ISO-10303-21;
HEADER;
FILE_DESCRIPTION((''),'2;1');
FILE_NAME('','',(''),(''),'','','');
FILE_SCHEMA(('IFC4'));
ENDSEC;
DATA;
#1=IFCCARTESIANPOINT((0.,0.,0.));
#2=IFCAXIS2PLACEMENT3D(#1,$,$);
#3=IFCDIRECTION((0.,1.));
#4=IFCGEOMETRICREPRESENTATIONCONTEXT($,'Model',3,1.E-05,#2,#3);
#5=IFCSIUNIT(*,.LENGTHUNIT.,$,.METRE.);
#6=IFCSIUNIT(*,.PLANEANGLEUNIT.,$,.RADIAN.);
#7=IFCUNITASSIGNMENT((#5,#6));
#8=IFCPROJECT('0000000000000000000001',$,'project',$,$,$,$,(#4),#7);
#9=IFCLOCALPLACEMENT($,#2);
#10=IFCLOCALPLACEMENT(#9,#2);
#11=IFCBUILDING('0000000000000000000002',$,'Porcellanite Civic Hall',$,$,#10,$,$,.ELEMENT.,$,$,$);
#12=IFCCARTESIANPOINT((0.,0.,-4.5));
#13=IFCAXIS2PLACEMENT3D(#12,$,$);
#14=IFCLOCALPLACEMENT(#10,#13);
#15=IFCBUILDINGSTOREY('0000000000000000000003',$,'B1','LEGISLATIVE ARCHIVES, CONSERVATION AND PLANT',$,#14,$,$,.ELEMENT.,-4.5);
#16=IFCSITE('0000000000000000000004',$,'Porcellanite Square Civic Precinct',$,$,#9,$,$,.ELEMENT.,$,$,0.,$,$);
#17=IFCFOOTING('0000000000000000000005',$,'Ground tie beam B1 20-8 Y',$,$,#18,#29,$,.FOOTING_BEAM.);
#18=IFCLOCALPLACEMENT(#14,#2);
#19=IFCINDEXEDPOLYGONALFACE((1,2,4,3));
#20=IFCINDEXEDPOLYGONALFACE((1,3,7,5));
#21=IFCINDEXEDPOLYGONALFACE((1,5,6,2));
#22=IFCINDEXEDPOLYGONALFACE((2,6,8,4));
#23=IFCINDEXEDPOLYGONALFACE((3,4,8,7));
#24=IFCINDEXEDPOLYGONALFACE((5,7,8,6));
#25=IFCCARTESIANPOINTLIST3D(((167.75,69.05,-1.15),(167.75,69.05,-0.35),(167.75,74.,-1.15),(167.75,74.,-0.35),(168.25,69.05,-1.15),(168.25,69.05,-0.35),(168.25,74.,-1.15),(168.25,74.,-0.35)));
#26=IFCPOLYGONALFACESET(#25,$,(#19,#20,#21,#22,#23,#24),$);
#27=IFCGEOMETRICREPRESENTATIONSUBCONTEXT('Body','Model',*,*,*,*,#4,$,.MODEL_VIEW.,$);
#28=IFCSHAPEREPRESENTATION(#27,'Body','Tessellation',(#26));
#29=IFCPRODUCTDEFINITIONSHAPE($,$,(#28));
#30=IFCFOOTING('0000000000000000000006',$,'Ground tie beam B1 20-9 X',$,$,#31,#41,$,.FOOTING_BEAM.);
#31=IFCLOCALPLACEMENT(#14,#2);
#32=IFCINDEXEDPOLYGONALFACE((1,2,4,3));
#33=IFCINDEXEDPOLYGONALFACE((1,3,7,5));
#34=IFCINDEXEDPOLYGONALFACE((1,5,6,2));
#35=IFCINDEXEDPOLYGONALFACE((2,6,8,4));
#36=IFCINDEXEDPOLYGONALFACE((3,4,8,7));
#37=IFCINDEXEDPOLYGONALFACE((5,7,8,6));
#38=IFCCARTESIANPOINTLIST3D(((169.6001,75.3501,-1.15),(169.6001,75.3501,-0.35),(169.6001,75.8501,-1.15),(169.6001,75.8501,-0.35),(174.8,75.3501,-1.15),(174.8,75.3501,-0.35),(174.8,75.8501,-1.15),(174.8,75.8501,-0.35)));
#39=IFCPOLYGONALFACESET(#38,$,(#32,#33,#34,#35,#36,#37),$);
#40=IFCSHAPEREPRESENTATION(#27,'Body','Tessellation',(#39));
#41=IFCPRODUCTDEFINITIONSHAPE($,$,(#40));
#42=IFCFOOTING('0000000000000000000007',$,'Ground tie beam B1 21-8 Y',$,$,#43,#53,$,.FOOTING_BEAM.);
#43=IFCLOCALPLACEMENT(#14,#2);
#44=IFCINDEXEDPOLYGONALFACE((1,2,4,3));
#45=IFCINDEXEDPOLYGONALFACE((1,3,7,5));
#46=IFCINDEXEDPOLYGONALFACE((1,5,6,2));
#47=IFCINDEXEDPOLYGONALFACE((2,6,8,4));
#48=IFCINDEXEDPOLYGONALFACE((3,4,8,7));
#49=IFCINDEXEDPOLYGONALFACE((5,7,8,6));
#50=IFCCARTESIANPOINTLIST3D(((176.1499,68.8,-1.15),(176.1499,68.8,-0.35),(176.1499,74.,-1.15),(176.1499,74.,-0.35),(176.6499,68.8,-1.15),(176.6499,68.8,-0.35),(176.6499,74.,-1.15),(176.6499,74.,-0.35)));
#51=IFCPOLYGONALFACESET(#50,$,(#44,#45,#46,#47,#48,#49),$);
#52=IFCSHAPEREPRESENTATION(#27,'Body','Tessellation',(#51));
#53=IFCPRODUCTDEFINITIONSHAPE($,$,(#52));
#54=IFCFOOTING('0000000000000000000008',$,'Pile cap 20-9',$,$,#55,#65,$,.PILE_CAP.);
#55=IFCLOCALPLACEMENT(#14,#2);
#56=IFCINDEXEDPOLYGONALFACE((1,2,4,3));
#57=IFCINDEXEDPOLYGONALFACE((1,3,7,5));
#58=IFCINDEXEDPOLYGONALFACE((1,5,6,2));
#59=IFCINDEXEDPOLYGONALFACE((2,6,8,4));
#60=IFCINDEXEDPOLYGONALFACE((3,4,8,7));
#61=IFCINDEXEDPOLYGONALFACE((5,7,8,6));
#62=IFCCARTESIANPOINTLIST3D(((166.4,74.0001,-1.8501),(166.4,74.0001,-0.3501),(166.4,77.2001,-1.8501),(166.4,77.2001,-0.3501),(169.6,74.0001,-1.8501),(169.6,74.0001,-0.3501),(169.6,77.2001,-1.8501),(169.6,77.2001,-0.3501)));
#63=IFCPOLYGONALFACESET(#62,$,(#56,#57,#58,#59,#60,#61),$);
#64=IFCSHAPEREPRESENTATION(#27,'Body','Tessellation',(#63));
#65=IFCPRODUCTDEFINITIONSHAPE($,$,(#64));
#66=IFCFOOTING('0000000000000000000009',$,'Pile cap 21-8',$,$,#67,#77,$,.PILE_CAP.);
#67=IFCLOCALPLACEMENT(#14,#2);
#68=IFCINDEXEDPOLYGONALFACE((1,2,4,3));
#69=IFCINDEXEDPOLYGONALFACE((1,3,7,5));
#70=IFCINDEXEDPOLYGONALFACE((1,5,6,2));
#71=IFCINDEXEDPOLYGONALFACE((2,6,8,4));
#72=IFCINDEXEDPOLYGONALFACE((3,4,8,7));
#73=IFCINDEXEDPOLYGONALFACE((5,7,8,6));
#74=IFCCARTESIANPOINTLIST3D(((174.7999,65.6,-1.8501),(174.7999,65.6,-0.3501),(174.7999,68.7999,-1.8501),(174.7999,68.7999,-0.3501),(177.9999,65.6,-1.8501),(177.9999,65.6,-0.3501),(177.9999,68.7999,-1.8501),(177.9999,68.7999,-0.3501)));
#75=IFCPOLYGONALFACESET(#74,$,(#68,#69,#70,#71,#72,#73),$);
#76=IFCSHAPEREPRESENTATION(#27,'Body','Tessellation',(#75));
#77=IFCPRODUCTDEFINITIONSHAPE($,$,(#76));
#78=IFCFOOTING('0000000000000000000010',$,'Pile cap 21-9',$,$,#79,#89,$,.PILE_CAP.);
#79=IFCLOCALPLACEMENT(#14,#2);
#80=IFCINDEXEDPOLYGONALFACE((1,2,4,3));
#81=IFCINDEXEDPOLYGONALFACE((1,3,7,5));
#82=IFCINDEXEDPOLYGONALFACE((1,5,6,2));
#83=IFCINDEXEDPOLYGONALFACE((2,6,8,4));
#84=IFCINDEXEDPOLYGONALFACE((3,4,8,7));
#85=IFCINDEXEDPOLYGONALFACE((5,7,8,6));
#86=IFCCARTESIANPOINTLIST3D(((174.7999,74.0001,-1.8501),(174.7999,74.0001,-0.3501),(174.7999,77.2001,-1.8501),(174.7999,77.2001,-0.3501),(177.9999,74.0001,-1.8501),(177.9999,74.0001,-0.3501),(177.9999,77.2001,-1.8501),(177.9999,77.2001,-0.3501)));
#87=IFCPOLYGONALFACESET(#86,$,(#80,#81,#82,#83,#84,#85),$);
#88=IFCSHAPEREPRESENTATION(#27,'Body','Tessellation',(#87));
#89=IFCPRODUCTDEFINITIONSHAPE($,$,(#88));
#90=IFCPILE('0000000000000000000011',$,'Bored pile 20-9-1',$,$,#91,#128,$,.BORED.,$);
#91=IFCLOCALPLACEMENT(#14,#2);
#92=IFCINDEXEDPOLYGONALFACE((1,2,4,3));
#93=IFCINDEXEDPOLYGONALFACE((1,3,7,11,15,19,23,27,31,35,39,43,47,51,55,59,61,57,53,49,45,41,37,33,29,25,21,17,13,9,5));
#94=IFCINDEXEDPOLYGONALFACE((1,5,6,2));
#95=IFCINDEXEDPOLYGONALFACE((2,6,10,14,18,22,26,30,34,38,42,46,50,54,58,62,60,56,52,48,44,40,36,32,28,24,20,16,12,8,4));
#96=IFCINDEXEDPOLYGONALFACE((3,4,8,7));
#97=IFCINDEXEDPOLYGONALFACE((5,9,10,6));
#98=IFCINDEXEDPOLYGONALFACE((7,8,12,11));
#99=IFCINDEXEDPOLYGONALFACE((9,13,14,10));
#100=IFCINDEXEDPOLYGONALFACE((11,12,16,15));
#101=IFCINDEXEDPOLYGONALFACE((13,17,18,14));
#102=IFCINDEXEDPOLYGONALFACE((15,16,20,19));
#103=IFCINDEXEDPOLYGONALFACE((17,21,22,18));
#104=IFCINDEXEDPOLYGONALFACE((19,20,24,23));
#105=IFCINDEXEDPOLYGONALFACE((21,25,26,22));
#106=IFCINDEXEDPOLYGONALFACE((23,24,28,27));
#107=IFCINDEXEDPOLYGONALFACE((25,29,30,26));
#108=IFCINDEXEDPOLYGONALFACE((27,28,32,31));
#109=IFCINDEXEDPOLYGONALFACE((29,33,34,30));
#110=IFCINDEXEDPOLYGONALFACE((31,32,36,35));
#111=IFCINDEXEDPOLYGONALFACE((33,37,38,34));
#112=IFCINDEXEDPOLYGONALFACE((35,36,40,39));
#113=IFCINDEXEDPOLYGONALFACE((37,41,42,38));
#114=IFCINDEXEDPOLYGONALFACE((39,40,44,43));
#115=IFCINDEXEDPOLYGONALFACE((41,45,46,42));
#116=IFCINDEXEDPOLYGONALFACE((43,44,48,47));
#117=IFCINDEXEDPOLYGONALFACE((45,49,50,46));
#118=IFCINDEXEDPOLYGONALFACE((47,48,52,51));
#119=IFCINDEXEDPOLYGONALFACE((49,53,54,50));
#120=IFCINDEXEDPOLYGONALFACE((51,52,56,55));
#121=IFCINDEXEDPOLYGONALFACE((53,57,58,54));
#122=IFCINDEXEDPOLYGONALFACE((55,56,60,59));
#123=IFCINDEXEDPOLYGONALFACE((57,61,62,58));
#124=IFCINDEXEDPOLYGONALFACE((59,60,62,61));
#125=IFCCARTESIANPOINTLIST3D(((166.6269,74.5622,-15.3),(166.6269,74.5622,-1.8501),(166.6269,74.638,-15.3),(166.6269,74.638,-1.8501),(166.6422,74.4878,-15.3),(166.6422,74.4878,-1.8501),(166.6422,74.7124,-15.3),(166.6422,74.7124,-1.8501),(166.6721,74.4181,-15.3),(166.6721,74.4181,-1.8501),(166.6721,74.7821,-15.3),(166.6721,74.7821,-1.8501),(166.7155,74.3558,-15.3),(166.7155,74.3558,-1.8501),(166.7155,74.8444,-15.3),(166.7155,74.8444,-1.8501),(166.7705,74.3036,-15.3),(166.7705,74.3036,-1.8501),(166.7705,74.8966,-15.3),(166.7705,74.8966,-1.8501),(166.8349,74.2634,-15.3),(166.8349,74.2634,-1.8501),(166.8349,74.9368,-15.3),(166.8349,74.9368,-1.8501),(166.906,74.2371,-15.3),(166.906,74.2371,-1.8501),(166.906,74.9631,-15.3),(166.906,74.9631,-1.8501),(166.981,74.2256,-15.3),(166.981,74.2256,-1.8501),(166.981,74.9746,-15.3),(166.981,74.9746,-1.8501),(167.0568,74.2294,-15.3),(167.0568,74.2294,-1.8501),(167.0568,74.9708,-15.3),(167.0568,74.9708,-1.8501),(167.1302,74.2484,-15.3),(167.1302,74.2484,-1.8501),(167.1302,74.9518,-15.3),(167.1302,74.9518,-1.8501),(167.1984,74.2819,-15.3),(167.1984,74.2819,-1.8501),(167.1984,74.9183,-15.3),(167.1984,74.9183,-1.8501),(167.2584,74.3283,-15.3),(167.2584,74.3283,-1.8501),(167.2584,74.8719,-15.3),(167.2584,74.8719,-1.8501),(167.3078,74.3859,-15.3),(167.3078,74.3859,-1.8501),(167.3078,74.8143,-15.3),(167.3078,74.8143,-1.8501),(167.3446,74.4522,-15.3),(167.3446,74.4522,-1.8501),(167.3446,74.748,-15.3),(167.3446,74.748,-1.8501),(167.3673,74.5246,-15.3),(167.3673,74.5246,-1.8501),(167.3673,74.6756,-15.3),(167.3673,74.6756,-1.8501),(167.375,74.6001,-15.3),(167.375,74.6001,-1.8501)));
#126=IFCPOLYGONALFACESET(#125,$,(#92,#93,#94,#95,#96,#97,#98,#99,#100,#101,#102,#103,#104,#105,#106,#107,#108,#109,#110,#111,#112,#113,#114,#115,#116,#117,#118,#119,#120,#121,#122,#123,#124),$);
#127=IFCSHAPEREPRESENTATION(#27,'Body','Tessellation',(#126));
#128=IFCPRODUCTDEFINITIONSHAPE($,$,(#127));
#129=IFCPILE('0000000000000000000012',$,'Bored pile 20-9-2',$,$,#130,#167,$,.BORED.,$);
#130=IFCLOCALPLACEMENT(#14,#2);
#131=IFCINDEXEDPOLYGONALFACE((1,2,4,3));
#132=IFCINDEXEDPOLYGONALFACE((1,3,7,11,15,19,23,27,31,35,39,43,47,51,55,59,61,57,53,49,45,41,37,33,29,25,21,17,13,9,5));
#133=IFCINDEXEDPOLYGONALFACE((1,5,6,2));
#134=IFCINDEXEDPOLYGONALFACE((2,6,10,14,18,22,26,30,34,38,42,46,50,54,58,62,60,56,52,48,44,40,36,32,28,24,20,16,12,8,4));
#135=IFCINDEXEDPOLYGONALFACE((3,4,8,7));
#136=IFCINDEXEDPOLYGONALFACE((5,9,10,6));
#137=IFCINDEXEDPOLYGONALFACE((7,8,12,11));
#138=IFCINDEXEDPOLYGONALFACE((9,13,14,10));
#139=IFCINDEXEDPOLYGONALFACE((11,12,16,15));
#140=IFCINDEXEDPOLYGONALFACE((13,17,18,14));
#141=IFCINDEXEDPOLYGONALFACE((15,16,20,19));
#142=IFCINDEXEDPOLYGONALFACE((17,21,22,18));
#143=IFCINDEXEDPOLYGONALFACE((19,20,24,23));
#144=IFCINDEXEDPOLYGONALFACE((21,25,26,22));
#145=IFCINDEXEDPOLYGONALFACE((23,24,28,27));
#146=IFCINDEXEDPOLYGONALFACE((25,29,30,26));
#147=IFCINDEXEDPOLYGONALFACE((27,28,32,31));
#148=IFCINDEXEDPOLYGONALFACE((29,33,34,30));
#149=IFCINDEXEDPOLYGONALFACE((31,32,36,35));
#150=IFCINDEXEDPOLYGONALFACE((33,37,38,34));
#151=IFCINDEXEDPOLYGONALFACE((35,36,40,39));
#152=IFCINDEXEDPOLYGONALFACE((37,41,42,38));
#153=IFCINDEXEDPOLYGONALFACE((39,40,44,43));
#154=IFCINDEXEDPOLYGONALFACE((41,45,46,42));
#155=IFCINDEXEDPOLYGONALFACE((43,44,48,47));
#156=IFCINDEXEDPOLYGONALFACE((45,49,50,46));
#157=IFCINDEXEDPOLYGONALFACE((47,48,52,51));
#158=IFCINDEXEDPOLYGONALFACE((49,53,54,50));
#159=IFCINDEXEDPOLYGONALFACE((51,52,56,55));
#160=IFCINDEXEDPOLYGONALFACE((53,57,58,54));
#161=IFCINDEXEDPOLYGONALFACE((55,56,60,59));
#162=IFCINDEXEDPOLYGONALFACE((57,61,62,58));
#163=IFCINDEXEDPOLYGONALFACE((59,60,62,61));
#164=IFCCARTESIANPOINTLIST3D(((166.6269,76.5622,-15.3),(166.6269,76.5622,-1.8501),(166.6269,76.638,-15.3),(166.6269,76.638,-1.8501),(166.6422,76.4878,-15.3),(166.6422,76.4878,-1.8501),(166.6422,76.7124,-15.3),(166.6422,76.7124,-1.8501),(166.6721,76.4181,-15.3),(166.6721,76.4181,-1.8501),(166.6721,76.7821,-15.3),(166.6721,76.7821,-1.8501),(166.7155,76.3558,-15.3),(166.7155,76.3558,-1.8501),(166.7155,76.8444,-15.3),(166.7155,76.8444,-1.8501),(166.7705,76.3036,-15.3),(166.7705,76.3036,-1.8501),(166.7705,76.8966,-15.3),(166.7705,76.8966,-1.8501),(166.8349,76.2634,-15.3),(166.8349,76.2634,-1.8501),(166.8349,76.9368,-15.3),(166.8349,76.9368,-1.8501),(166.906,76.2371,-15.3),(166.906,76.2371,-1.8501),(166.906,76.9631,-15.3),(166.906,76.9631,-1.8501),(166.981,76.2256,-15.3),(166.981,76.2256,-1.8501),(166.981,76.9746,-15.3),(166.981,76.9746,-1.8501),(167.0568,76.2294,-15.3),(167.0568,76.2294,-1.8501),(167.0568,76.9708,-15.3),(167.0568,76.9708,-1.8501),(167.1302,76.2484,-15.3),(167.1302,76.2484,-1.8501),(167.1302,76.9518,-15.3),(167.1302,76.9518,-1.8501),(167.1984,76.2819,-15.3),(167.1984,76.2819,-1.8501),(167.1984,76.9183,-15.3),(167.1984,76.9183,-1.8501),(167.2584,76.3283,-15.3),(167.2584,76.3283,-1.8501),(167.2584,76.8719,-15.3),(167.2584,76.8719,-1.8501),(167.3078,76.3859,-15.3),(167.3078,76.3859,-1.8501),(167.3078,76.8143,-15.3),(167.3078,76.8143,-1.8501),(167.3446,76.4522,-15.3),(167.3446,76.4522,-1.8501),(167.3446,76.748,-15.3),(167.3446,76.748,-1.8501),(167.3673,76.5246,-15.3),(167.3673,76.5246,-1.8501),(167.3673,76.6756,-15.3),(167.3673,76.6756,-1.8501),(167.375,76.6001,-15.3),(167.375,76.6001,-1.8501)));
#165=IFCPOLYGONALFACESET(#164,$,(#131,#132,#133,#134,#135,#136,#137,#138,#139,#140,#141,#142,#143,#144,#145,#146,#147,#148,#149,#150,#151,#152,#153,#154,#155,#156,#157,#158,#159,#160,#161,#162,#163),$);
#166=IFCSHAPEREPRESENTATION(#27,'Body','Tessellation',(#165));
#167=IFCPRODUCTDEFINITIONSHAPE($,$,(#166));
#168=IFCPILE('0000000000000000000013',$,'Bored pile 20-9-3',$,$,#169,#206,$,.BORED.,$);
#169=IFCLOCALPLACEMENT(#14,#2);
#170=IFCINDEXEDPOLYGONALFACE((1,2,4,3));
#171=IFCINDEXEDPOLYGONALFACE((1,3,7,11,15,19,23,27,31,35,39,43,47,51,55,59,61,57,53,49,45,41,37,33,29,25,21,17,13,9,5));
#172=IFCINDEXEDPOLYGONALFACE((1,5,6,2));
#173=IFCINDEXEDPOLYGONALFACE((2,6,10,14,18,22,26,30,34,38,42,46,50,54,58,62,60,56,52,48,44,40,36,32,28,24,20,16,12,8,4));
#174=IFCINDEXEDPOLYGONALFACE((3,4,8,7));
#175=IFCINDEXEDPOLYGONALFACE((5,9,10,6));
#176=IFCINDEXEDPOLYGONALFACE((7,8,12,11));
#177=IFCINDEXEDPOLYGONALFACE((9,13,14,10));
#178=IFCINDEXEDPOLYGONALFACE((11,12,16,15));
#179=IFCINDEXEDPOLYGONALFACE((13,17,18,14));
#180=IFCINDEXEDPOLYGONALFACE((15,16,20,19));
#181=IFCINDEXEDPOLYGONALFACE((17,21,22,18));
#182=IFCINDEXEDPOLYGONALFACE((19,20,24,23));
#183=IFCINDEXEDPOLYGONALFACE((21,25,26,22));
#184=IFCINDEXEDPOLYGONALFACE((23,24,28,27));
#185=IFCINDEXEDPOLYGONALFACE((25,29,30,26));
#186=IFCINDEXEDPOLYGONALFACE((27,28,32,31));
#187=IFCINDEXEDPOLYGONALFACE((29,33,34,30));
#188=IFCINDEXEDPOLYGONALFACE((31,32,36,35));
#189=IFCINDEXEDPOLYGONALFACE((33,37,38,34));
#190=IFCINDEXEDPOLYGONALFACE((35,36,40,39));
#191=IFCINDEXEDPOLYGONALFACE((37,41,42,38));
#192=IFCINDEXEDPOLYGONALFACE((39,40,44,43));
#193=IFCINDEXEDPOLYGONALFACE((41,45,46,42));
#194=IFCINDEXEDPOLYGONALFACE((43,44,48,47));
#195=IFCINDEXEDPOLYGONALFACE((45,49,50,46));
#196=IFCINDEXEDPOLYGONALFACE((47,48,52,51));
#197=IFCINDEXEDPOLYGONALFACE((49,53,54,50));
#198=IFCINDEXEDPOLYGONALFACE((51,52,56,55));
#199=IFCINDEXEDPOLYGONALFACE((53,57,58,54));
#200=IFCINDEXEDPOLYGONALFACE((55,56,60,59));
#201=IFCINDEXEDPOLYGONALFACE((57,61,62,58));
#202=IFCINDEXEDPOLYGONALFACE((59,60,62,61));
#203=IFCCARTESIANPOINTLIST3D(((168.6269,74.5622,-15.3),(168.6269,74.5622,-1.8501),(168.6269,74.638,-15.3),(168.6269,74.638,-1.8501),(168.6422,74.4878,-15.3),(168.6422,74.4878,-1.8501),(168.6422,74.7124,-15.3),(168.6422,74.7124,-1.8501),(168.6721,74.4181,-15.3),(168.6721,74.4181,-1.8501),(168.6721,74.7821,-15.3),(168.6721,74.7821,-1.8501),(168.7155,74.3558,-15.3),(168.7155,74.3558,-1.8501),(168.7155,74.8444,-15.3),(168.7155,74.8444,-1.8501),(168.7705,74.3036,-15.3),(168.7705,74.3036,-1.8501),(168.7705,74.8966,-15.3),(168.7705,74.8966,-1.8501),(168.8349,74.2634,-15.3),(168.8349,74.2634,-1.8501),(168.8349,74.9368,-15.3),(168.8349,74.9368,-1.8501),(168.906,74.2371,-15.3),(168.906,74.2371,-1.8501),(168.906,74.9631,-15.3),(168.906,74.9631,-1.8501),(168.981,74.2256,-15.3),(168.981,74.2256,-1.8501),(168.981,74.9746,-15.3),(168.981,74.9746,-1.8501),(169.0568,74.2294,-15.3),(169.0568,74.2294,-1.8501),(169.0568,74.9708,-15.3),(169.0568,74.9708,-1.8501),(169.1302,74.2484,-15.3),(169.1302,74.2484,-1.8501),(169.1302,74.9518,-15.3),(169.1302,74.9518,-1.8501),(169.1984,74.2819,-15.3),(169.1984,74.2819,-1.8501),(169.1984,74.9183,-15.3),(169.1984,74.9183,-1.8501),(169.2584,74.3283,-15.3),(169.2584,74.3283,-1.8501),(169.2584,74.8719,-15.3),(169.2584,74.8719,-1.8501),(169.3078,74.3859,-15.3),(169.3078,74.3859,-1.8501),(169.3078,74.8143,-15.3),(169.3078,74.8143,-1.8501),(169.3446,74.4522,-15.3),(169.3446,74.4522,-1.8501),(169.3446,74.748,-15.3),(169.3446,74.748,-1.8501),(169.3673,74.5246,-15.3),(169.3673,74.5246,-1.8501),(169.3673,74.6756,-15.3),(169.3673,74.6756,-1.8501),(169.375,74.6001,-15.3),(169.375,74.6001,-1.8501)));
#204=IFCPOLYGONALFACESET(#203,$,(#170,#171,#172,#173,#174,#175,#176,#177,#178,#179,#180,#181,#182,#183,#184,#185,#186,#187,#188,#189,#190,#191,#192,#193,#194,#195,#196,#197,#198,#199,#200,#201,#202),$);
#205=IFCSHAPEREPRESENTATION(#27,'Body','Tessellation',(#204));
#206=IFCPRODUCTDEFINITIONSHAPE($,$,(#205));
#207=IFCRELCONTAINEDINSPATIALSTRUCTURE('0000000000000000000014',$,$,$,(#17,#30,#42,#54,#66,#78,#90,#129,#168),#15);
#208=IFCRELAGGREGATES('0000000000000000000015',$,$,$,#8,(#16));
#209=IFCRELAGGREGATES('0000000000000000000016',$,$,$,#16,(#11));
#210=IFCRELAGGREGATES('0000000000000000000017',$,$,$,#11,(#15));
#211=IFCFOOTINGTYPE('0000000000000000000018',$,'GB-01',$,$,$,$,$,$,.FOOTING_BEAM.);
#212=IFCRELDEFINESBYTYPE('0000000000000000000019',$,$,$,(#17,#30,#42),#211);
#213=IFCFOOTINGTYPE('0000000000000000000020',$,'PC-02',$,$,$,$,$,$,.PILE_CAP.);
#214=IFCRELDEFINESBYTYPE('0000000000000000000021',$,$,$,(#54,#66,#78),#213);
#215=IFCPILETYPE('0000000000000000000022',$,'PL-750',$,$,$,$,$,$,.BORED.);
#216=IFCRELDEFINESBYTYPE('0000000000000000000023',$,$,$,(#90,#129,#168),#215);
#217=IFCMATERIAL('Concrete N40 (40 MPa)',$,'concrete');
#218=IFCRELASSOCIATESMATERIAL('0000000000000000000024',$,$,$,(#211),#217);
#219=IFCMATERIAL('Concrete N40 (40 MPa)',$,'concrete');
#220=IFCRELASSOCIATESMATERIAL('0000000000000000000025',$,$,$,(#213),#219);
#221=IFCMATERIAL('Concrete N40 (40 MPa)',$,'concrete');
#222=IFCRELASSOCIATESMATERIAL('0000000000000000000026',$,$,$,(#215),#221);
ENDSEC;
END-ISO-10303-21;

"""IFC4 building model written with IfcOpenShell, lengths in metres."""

from ifc_helpers import new_model, si_unit, direction, frame, origin, origin_2d, place, context, subcontext, project, spatial, rectangle, circle, extrude, material, material_profile, profile_set, type_object, element, save


model = new_model("IFC4")

# Units and contexts
model_context = context("Model", 3, precision=1e-05, world=origin(), true_north=direction((0.0, 1.0)))
body_context = subcontext(model_context, "Body", "Model", "MODEL_VIEW")
ifc_project = project(units=[si_unit("LENGTHUNIT", "METRE"), si_unit("PLANEANGLEUNIT", "RADIAN")], contexts=[model_context])

# Site, building, storey
site_placement = place(None, origin())
site = spatial("IfcSite", under=ifc_project, at=site_placement, Name="Porcellanite Square Civic Precinct", CompositionType="ELEMENT", RefElevation=0.0)
building_placement = place(site_placement, origin())
building = spatial("IfcBuilding", under=site, at=building_placement, Name="Porcellanite Civic Hall", CompositionType="ELEMENT")
storey_placement = place(building_placement, frame((0.0, 0.0, -4.5)))
storey = spatial("IfcBuildingStorey", under=building, at=storey_placement, Name="B1", Description="LEGISLATIVE ARCHIVES, CONSERVATION AND PLANT", CompositionType="ELEMENT", Elevation=-4.5)

# Footings
ifc_material_1 = material(Name="Concrete N40 (40 MPa)", Category="concrete")
ifc_material_profile_1 = material_profile(ifc_material_1, rectangle(XDim=0.5, YDim=0.8, at=origin_2d()), Name="RC-500x800")
ifc_profile_set_1 = profile_set([ifc_material_profile_1], Name="Concrete N40 (40 MPa)")
footing_type_1 = type_object("IfcFootingType", Name="GB-01", PredefinedType="FOOTING_BEAM", material=ifc_profile_set_1)
footing_placement = place(storey_placement, frame((168.0, 69.05, -0.75), z_axis=(0.0, 1.0, 0.0), x_axis=(-1.0, 0.0, 0.0)))
element("IfcFooting", 1, at=footing_placement, inside=storey, type_object=footing_type_1, Name="Ground tie beam B1 20-8 Y", PredefinedType="FOOTING_BEAM", context=body_context, shape_type="SweptSolid", body=[
    extrude(rectangle(XDim=0.5, YDim=0.8, at=origin_2d()), origin(), (0.0, 0.0, 1.0), 4.95),
])
for number, where, z_axis, x_axis, name in (
    (2, (169.6001, 75.6001, -0.75), (1.0, 0.0, 0.0), (0.0, 1.0, 0.0), "Ground tie beam B1 20-9 X"),
    (3, (176.3999, 68.8, -0.75), (0.0, 1.0, 0.0), (-1.0, 0.0, 0.0), "Ground tie beam B1 21-8 Y"),
):
    element("IfcFooting", number, at=place(storey_placement, frame(where, z_axis=z_axis, x_axis=x_axis)), inside=storey, type_object=footing_type_1, Name=name, PredefinedType="FOOTING_BEAM", context=body_context, shape_type="SweptSolid", body=[
        extrude(rectangle(XDim=0.5, YDim=0.8, at=origin_2d()), origin(), (0.0, 0.0, 1.0), 5.2),
    ])
ifc_material_2 = material(Name="Concrete N40 (40 MPa)", Category="concrete")
footing_type_2 = type_object("IfcFootingType", Name="PC-02", PredefinedType="PILE_CAP", material=ifc_material_2)
for number, where, z_axis, x_axis, name in (
    (4, (168.0, 75.6001, -1.8501), (0.0, 0.0, 1.0), (1.0, 0.0, 0.0), "Pile cap 20-9"),
    (5, (176.3999, 67.2, -1.8501), (0.0, 0.0, 1.0), (1.0, 0.0, 0.0), "Pile cap 21-8"),
    (6, (176.3999, 75.6001, -1.8501), (0.0, 0.0, 1.0), (1.0, 0.0, 0.0), "Pile cap 21-9"),
):
    element("IfcFooting", number, at=place(storey_placement, frame(where, z_axis=z_axis, x_axis=x_axis)), inside=storey, type_object=footing_type_2, Name=name, PredefinedType="PILE_CAP", context=body_context, shape_type="SweptSolid", body=[
        extrude(rectangle(XDim=3.2, YDim=3.2, at=origin_2d()), origin(), (0.0, 0.0, 1.0), 1.5),
    ])

# Piles
ifc_material_3 = material(Name="Concrete N40 (40 MPa)", Category="concrete")
ifc_material_profile_2 = material_profile(ifc_material_3, circle(Radius=0.375, at=origin_2d()), Name="PILE-D750")
ifc_profile_set_2 = profile_set([ifc_material_profile_2], Name="Concrete N40 (40 MPa)")
pile_type_1 = type_object("IfcPileType", Name="PL-750", PredefinedType="BORED", material=ifc_profile_set_2)
for number, where, z_axis, x_axis, name in (
    (7, (167.0, 74.6001, -1.8501), (0.0, 0.0, -1.0), (1.0, 0.0, 0.0), "Bored pile 20-9-1"),
    (8, (167.0, 76.6001, -1.8501), (0.0, 0.0, -1.0), (1.0, 0.0, 0.0), "Bored pile 20-9-2"),
    (9, (169.0, 74.6001, -1.8501), (0.0, 0.0, -1.0), (1.0, 0.0, 0.0), "Bored pile 20-9-3"),
):
    element("IfcPile", number, at=place(storey_placement, frame(where, z_axis=z_axis, x_axis=x_axis)), inside=storey, type_object=pile_type_1, Name=name, PredefinedType="BORED", context=body_context, shape_type="SweptSolid", body=[
        extrude(circle(Radius=0.375, at=origin_2d()), origin(), (0.0, 0.0, 1.0), 13.45),
    ])

save(model, "model.ifc")
